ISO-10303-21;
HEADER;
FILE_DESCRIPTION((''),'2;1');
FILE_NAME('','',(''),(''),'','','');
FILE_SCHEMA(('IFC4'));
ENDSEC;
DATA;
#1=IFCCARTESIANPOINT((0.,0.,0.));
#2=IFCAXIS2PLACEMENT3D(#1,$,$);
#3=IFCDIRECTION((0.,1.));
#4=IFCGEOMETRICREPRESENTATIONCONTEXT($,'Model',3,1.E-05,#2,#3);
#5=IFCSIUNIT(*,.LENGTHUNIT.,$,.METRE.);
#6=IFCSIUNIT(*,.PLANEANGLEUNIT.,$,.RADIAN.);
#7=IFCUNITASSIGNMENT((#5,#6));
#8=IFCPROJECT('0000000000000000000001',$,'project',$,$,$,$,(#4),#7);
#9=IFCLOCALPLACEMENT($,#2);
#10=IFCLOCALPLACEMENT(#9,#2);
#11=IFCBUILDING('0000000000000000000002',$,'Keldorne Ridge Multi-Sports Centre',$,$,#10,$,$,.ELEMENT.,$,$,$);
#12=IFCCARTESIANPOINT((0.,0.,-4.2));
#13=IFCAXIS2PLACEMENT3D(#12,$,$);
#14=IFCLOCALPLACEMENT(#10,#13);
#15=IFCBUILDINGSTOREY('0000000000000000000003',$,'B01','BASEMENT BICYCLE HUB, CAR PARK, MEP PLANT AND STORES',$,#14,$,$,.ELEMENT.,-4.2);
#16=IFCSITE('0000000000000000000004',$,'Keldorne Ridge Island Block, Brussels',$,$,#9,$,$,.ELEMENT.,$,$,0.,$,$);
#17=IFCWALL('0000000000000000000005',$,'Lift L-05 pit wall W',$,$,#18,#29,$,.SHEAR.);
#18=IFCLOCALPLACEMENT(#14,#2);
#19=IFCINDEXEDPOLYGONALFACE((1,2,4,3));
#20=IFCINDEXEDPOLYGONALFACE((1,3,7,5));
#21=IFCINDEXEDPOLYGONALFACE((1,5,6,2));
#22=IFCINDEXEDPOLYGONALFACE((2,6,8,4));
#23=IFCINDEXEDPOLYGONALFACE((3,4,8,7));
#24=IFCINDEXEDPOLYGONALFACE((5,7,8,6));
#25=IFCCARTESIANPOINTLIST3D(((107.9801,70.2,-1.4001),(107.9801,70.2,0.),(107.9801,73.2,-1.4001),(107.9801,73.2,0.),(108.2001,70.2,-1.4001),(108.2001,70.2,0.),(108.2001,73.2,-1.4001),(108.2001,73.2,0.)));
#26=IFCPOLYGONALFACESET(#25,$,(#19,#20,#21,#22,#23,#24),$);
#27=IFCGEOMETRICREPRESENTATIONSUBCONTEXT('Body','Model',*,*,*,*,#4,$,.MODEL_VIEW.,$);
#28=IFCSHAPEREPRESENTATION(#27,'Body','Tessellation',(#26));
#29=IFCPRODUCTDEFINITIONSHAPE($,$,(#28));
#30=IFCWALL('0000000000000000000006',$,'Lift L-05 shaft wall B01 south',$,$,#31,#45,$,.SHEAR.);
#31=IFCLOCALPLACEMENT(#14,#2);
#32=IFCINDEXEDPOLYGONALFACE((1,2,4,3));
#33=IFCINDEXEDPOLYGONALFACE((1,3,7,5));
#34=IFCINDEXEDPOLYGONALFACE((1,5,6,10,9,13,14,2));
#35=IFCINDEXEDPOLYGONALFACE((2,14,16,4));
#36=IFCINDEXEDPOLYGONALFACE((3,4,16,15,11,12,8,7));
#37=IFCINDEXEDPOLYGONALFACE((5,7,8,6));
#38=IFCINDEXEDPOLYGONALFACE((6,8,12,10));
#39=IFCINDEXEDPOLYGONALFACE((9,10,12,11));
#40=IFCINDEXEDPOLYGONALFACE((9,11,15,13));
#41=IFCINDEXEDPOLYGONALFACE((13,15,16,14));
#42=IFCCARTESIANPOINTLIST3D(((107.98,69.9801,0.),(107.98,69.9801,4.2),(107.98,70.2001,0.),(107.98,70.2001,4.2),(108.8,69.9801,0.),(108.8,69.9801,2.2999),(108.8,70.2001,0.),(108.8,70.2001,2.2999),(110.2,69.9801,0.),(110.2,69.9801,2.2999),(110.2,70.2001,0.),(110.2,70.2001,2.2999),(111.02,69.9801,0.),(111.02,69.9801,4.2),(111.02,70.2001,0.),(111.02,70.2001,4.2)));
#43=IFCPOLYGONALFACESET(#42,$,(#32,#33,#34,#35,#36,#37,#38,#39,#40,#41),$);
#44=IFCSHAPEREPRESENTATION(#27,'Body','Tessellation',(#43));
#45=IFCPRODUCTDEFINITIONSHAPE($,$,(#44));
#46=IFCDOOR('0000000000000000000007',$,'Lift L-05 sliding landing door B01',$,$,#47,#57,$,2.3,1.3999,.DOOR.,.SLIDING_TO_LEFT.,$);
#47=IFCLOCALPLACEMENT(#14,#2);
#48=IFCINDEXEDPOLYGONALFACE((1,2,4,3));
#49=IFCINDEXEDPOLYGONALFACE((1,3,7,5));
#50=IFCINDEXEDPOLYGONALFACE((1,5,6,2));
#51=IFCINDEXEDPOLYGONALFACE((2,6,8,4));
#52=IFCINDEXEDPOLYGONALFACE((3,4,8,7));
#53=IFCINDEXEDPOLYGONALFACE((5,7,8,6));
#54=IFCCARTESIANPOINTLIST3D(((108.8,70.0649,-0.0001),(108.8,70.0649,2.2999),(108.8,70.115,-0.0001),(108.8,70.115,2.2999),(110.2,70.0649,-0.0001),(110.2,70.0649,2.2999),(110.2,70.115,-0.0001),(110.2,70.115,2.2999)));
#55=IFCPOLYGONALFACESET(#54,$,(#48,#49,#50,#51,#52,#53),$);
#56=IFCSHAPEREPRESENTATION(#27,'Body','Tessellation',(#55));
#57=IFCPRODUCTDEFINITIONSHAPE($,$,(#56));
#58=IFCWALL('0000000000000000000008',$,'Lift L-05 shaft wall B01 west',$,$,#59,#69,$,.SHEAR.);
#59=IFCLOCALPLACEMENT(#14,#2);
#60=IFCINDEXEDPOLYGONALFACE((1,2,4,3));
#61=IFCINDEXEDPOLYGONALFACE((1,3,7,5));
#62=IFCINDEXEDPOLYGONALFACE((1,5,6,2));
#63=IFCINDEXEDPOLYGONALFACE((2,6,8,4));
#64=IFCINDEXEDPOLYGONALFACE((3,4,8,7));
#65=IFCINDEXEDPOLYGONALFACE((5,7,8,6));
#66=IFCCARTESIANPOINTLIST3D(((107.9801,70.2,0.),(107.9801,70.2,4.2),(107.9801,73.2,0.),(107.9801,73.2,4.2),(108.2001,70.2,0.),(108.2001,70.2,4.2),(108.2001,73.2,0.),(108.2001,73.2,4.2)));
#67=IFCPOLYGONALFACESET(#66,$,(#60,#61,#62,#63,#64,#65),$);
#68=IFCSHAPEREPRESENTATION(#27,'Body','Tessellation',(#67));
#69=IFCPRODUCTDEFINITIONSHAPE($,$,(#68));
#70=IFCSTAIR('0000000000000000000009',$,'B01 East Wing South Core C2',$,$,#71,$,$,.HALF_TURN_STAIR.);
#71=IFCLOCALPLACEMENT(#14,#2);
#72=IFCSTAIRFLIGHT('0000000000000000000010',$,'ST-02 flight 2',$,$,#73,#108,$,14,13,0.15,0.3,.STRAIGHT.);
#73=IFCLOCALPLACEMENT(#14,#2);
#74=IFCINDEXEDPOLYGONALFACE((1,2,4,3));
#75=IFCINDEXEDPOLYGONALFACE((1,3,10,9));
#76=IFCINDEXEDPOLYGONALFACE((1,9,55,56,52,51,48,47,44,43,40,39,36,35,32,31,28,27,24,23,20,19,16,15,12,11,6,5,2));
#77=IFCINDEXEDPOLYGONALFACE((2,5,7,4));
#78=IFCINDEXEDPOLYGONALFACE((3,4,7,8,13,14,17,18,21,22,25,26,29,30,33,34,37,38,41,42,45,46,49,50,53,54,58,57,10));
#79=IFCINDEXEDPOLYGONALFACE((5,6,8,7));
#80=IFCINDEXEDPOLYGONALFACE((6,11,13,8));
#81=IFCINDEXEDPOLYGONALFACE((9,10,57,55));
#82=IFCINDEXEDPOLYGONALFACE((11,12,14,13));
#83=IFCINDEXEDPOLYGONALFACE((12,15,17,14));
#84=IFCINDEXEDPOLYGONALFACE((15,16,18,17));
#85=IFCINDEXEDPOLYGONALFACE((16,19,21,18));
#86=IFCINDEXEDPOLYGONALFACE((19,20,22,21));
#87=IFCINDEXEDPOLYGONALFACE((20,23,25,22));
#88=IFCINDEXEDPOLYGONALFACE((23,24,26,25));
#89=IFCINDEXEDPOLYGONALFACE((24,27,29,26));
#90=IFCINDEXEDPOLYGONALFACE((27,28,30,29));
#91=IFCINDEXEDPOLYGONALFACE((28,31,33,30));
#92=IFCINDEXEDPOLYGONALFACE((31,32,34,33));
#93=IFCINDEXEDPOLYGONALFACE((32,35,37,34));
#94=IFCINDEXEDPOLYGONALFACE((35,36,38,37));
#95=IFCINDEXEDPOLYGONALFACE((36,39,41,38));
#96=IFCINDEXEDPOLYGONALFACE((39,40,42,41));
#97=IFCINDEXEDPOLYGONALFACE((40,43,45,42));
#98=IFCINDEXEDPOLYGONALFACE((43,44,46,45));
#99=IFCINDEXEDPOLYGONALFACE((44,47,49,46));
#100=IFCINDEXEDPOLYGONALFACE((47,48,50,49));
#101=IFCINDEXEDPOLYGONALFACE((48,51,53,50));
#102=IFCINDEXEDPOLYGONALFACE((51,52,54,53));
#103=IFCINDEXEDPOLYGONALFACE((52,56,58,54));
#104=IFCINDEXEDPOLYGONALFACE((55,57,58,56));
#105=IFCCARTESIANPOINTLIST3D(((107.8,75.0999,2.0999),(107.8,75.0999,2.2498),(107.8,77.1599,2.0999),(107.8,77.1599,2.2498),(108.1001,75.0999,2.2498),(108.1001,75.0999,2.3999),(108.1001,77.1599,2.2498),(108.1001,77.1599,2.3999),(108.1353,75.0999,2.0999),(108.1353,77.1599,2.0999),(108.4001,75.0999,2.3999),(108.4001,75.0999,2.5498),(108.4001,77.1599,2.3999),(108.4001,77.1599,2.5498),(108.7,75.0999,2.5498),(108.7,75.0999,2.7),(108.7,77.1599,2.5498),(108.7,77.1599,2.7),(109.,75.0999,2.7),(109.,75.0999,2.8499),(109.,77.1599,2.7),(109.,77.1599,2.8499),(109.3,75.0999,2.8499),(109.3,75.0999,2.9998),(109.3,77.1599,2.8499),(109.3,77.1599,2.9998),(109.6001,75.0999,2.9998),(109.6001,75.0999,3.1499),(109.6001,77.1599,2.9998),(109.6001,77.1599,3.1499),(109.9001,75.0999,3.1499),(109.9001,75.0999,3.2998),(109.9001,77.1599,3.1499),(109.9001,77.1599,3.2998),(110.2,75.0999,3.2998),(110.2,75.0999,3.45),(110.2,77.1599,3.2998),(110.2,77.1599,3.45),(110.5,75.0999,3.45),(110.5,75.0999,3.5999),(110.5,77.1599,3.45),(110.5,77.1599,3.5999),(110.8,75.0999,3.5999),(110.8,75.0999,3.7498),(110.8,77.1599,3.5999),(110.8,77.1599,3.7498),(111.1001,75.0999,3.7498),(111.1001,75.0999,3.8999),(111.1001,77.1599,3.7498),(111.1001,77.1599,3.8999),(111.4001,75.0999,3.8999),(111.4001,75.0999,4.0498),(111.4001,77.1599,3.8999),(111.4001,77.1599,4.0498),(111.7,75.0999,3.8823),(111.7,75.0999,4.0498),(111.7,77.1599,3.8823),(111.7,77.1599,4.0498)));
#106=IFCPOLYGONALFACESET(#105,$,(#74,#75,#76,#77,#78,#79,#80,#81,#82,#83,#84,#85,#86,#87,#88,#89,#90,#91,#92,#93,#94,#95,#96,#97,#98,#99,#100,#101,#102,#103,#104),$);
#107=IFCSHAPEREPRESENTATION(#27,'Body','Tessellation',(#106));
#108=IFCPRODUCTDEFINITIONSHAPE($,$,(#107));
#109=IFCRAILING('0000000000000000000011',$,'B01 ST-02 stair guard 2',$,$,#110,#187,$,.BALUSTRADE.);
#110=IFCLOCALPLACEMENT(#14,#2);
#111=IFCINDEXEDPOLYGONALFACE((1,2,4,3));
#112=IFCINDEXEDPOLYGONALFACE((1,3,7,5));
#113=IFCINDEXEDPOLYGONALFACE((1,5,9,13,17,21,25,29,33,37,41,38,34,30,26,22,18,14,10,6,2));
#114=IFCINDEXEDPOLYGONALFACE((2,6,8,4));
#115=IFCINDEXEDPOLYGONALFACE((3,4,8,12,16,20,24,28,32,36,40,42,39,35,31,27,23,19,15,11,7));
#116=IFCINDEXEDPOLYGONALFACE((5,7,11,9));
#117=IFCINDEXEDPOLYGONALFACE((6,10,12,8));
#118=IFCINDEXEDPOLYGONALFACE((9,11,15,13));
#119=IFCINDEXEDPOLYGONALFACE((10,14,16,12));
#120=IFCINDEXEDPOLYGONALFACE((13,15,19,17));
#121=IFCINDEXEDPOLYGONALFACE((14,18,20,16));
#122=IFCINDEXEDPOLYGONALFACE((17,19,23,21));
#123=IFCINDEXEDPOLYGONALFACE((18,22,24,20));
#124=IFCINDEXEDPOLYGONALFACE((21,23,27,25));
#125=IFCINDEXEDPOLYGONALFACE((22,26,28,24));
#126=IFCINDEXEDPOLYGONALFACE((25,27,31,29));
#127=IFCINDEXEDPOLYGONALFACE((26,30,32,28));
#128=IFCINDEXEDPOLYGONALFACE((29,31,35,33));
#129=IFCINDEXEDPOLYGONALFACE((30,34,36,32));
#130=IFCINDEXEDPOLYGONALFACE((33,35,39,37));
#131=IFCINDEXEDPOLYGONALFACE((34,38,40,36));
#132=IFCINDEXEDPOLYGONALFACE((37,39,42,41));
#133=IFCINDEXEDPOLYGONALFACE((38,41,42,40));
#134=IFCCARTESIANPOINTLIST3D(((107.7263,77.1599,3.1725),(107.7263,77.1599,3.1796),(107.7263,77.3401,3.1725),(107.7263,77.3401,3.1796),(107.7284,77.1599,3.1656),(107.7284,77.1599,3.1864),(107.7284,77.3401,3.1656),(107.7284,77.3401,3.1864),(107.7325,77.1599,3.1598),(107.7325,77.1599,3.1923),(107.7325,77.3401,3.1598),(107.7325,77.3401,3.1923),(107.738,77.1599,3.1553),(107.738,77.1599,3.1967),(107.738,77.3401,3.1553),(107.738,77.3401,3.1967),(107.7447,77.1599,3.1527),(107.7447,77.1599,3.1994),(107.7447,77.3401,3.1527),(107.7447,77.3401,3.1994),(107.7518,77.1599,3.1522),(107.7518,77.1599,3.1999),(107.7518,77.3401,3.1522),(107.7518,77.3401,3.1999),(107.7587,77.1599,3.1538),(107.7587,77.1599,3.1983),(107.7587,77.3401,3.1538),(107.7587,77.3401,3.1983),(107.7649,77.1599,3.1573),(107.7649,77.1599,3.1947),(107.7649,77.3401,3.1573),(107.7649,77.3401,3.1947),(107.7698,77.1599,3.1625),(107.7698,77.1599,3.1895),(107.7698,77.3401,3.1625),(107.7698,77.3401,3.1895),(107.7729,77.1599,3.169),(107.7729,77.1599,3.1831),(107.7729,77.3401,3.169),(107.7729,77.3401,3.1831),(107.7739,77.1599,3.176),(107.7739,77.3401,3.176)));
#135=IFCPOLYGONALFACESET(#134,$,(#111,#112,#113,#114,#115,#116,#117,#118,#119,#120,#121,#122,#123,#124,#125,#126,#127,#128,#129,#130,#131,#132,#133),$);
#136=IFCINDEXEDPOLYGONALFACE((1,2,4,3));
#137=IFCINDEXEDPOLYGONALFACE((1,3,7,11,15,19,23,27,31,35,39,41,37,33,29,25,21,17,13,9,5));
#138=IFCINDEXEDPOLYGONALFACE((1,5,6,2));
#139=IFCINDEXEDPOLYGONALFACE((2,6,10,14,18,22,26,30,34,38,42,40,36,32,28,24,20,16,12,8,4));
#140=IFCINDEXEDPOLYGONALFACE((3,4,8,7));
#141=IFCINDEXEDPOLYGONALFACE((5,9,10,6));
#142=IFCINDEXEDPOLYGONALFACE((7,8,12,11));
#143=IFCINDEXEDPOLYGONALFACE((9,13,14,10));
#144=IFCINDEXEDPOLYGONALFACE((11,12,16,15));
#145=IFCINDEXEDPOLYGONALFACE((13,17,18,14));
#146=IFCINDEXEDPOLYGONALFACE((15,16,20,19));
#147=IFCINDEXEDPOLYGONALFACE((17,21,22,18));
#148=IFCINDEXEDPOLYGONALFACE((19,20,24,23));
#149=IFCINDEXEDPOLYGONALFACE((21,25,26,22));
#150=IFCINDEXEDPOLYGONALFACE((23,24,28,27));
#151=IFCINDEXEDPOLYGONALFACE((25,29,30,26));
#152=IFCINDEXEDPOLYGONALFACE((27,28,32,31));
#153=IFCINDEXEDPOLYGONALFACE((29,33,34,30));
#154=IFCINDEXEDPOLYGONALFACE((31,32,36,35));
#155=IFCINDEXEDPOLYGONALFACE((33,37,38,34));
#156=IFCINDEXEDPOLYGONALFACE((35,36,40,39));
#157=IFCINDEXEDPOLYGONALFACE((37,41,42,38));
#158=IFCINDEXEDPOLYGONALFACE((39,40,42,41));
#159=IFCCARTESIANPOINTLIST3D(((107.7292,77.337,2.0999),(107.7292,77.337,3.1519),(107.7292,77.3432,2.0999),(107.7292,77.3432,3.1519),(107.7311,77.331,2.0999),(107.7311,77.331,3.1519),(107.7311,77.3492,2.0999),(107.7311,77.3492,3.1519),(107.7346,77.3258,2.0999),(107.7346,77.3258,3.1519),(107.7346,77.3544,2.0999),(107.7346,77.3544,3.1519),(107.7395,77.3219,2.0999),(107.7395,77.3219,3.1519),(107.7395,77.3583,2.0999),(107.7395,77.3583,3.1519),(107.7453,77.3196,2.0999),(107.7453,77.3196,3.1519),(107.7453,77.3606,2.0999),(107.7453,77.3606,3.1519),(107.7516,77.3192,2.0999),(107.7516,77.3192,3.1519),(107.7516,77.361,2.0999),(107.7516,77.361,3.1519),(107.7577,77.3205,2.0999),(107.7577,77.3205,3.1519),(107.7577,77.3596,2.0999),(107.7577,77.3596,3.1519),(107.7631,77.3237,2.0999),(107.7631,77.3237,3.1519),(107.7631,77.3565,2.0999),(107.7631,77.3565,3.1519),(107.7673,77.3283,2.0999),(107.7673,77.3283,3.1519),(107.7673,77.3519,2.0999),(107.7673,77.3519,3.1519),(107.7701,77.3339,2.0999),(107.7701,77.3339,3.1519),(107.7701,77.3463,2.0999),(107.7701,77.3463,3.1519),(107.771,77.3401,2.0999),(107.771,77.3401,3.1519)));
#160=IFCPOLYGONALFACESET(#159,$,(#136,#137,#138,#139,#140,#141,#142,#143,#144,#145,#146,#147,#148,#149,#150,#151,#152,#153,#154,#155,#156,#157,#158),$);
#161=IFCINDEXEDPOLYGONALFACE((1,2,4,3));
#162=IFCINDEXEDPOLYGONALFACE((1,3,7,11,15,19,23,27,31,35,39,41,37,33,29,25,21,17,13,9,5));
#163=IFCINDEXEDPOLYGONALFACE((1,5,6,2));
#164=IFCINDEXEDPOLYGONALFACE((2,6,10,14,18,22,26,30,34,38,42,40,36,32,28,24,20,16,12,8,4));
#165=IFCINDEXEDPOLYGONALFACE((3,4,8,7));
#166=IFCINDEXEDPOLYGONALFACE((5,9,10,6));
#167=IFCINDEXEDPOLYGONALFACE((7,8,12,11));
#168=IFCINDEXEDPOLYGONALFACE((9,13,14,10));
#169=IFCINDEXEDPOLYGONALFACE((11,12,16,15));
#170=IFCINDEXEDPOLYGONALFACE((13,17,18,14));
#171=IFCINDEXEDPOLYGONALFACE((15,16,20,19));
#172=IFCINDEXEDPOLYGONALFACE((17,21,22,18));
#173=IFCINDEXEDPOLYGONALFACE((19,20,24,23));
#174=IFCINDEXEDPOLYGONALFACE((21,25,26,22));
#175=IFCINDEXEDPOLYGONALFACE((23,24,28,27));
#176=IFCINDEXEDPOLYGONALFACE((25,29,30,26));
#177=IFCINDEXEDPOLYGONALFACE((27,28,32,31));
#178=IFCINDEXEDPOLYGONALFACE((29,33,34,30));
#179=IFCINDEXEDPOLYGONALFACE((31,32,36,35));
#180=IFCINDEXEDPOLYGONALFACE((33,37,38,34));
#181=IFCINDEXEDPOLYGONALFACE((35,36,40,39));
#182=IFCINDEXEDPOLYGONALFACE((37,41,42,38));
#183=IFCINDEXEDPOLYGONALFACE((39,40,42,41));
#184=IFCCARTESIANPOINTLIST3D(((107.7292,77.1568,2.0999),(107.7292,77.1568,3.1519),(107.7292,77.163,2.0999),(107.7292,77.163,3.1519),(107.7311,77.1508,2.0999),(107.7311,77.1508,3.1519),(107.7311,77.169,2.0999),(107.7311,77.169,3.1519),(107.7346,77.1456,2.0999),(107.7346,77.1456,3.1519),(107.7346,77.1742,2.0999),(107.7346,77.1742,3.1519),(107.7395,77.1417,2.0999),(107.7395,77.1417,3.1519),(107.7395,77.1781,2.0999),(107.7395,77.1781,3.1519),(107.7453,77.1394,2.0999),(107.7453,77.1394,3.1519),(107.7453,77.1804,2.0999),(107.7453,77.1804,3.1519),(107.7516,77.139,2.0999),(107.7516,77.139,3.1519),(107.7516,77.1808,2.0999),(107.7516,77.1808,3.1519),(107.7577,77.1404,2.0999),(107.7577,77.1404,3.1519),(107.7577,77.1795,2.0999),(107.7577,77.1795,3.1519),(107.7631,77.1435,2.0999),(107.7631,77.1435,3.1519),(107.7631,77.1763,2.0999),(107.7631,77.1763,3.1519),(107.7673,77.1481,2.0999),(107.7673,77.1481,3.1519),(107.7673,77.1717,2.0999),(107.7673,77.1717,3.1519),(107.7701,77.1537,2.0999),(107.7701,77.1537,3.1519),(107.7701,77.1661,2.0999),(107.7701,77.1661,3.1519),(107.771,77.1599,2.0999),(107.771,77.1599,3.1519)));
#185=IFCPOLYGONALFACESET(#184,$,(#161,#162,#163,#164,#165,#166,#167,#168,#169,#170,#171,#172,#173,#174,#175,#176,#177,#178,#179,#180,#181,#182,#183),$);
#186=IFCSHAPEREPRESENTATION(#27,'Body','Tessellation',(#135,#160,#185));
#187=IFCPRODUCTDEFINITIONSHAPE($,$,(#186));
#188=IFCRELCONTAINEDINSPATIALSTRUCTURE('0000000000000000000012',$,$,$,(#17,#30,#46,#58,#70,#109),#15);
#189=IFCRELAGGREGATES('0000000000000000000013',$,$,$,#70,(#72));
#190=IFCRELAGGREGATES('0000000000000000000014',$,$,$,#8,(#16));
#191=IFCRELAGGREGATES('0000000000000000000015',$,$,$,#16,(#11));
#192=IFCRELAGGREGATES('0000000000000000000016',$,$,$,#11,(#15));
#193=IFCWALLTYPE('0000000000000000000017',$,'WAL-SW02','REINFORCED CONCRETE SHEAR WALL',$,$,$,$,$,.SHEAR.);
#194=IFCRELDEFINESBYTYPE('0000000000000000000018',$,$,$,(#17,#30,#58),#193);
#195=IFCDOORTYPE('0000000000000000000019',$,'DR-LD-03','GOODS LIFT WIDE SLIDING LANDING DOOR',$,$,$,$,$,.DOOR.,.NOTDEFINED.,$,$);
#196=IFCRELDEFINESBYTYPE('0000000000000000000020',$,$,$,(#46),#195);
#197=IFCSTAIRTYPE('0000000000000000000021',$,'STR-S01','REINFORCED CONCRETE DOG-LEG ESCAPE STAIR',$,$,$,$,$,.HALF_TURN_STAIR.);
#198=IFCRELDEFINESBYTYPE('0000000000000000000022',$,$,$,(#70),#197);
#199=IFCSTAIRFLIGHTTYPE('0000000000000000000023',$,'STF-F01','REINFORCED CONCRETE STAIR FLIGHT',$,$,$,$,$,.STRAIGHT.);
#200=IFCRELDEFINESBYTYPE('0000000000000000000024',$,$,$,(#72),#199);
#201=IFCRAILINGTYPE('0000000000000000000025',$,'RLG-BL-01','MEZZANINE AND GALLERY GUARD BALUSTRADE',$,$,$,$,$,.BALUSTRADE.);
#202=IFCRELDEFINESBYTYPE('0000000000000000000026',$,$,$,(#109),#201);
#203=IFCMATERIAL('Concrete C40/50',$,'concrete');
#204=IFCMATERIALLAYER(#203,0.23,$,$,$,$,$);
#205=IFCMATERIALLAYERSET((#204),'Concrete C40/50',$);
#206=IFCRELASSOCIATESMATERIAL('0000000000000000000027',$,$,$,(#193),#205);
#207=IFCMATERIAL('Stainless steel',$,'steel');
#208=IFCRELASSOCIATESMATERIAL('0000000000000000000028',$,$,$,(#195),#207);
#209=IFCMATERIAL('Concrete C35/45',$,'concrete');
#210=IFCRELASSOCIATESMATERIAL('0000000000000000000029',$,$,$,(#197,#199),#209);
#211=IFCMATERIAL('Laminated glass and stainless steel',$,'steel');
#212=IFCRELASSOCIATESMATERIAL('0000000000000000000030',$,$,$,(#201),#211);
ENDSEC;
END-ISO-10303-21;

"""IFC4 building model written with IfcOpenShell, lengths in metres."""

from ifc_helpers import new_model, si_unit, direction, frame, frame_2d, origin, origin_2d, place, context, subcontext, project, spatial, polyline, rectangle, circle, outline, extrude, material, layer, layer_set, type_object, element, fill, aggregate, save


model = new_model("IFC4")

# Units and contexts
model_context = context("Model", 3, precision=1e-05, world=origin(), true_north=direction((0.0, 1.0)))
body_context = subcontext(model_context, "Body", "Model", "MODEL_VIEW")
ifc_project = project(units=[si_unit("LENGTHUNIT", "METRE"), si_unit("PLANEANGLEUNIT", "RADIAN")], contexts=[model_context])

# Site, building, storey
site_placement = place(None, origin())
site = spatial("IfcSite", under=ifc_project, at=site_placement, Name="Keldorne Ridge Island Block, Brussels", CompositionType="ELEMENT", RefElevation=0.0)
building_placement = place(site_placement, origin())
building = spatial("IfcBuilding", under=site, at=building_placement, Name="Keldorne Ridge Multi-Sports Centre", CompositionType="ELEMENT")
storey_placement = place(building_placement, frame((0.0, 0.0, -4.2)))
storey = spatial("IfcBuildingStorey", under=building, at=storey_placement, Name="B01", Description="BASEMENT BICYCLE HUB, CAR PARK, MEP PLANT AND STORES", CompositionType="ELEMENT", Elevation=-4.2)

# Shared definitions
ifc_material_1 = material(Name="Concrete C35/45", Category="concrete")

# Wall
ifc_material_2 = material(Name="Concrete C40/50", Category="concrete")
ifc_layer_1 = layer(ifc_material_2, 0.23)
ifc_layer_set_1 = layer_set([ifc_layer_1], Name="Concrete C40/50")
wall_type_1 = type_object("IfcWallType", Name="WAL-SW02", Description="REINFORCED CONCRETE SHEAR WALL", PredefinedType="SHEAR", material=ifc_layer_set_1)
wall_1_placement = place(storey_placement, frame((108.0901, 73.2, -1.4001), z_axis=(0.0, 0.0, 1.0), x_axis=(0.0, -1.0, 0.0)))
element("IfcWall", 1, at=wall_1_placement, inside=storey, type_object=wall_type_1, Name="Lift L-05 pit wall W", PredefinedType="SHEAR", context=body_context, shape_type="SweptSolid", body=[
    extrude(rectangle(XDim=3.0, YDim=0.22, at=frame_2d((1.5, 0.0))), origin(), (0.0, 0.0, 1.0), 1.4001),
])

# Wall, opening, door
wall_2_placement = place(storey_placement, frame((107.98, 70.0901, 0.0), z_axis=(0.0, 0.0, 1.0), x_axis=(1.0, 0.0, 0.0)))
wall_2 = element("IfcWall", 2, at=wall_2_placement, inside=storey, type_object=wall_type_1, Name="Lift L-05 shaft wall B01 south", PredefinedType="SHEAR", context=body_context, shape_type="SweptSolid", body=[
    extrude(rectangle(XDim=3.04, YDim=0.22, at=frame_2d((1.52, 0.0))), origin(), (0.0, 0.0, 1.0), 4.2),
])
opening_placement = place(wall_2_placement, frame((0.8201, 0.0, 0.0)))
opening = element("IfcOpeningElement", 3, at=opening_placement, cuts=wall_2, PredefinedType="OPENING", context=body_context, shape_type="SweptSolid", body=[
    extrude(rectangle(XDim=1.3999, YDim=2.3, at=frame_2d((0.7, 1.1499))), frame((0.0, 0.1201, 0.0), z_axis=(0.0, -1.0, 0.0), x_axis=(1.0, 0.0, 0.0)), (0.0, 0.0, 1.0), 0.24),
])
ifc_material_3 = material(Name="Stainless steel", Category="steel")
door_type = type_object("IfcDoorType", Name="DR-LD-03", Description="GOODS LIFT WIDE SLIDING LANDING DOOR", OperationType="NOTDEFINED", PredefinedType="DOOR", material=ifc_material_3)
door_placement = place(opening_placement, origin())
door = element("IfcDoor", 4, at=door_placement, inside=storey, type_object=door_type, Name="Lift L-05 sliding landing door B01", OperationType="SLIDING_TO_LEFT", OverallHeight=2.3, OverallWidth=1.3999, PredefinedType="DOOR", context=body_context, shape_type="SweptSolid", body=[
    extrude(rectangle(XDim=1.3999, YDim=2.3, at=frame_2d((0.7, 1.1499))), frame((0.0, 0.0249, 0.0), z_axis=(0.0, -1.0, 0.0), x_axis=(1.0, 0.0, 0.0)), (0.0, 0.0, 1.0), 0.05),
])
fill(opening, door)

# Wall
wall_3_placement = place(storey_placement, frame((108.0901, 73.2, 0.0), z_axis=(0.0, 0.0, 1.0), x_axis=(0.0, -1.0, 0.0)))
element("IfcWall", 5, at=wall_3_placement, inside=storey, type_object=wall_type_1, Name="Lift L-05 shaft wall B01 west", PredefinedType="SHEAR", context=body_context, shape_type="SweptSolid", body=[
    extrude(rectangle(XDim=3.0, YDim=0.22, at=frame_2d((1.5, 0.0))), origin(), (0.0, 0.0, 1.0), 4.2),
])

# Stair, stair flight
stair_type = type_object("IfcStairType", Name="STR-S01", Description="REINFORCED CONCRETE DOG-LEG ESCAPE STAIR", PredefinedType="HALF_TURN_STAIR", material=ifc_material_1)
stair_placement = place(storey_placement, origin())
stair = element("IfcStair", 6, at=stair_placement, inside=storey, type_object=stair_type, Name="B01 East Wing South Core C2", PredefinedType="HALF_TURN_STAIR")
stair_flight_type = type_object("IfcStairFlightType", Name="STF-F01", Description="REINFORCED CONCRETE STAIR FLIGHT", PredefinedType="STRAIGHT", material=ifc_material_1)
stair_flight_placement = place(storey_placement, frame((107.8, 76.1299, 2.0999), z_axis=(0.0, 0.0, 1.0), x_axis=(1.0, 0.0, 0.0)))
stair_flight = element("IfcStairFlight", 7, at=stair_flight_placement, type_object=stair_flight_type, Name="ST-02 flight 2", NumberOfRisers=14, NumberOfTreads=13, PredefinedType="STRAIGHT", RiserHeight=0.15, TreadLength=0.3, context=body_context, shape_type="SweptSolid", body=[
    extrude(outline(polyline([(0.0, 0.0), (0.0, 0.1499), (0.3, 0.1499), (0.3, 0.3), (0.6001, 0.3), (0.6001, 0.45), (0.8999, 0.45), (0.8999, 0.6001), (1.2, 0.6001), (1.2, 0.75), (1.5, 0.75), (1.5, 0.8999), (1.8, 0.8999), (1.8, 1.05), (2.1001, 1.05), (2.1001, 1.2), (2.3999, 1.2), (2.3999, 1.3501), (2.7, 1.3501), (2.7, 1.5), (3.0, 1.5), (3.0, 1.6499), (3.3, 1.6499), (3.3, 1.8), (3.6001, 1.8), (3.6001, 1.95), (3.8999, 1.95), (3.8999, 2.1001), (3.8999, 1.7825), (0.3352, 0.0), (0.0, 0.0)])), frame((0.0, 1.03, 0.0), z_axis=(0.0, -1.0, 0.0), x_axis=(1.0, 0.0, 0.0)), (0.0, 0.0, 1.0), 2.0601),
])
aggregate(stair, [stair_flight])

# Railing
ifc_material_4 = material(Name="Laminated glass and stainless steel", Category="steel")
railing_type_1 = type_object("IfcRailingType", Name="RLG-BL-01", Description="MEZZANINE AND GALLERY GUARD BALUSTRADE", PredefinedType="BALUSTRADE", material=ifc_material_4)
railing_1_placement = place(storey_placement, frame((107.75, 77.3401, 2.0999)))
element("IfcRailing", 8, at=railing_1_placement, inside=storey, type_object=railing_type_1, Name="B01 ST-02 stair guard 2", PredefinedType="BALUSTRADE", context=body_context, shape_type="SweptSolid", body=[
    extrude(circle(Radius=0.0239, at=origin_2d()), frame((0.0, 0.0, 1.0762), z_axis=(0.0, -1.0, 0.0), x_axis=(1.0, 0.0, 0.0)), (0.0, 0.0, 1.0), 0.1802),
    extrude(circle(Radius=0.021, at=origin_2d()), origin(), (0.0, 0.0, 1.0), 1.052),
    extrude(circle(Radius=0.021, at=origin_2d()), frame((0.0, -0.1802, 0.0)), (0.0, 0.0, 1.0), 1.052),
])

save(model, "model.ifc")
